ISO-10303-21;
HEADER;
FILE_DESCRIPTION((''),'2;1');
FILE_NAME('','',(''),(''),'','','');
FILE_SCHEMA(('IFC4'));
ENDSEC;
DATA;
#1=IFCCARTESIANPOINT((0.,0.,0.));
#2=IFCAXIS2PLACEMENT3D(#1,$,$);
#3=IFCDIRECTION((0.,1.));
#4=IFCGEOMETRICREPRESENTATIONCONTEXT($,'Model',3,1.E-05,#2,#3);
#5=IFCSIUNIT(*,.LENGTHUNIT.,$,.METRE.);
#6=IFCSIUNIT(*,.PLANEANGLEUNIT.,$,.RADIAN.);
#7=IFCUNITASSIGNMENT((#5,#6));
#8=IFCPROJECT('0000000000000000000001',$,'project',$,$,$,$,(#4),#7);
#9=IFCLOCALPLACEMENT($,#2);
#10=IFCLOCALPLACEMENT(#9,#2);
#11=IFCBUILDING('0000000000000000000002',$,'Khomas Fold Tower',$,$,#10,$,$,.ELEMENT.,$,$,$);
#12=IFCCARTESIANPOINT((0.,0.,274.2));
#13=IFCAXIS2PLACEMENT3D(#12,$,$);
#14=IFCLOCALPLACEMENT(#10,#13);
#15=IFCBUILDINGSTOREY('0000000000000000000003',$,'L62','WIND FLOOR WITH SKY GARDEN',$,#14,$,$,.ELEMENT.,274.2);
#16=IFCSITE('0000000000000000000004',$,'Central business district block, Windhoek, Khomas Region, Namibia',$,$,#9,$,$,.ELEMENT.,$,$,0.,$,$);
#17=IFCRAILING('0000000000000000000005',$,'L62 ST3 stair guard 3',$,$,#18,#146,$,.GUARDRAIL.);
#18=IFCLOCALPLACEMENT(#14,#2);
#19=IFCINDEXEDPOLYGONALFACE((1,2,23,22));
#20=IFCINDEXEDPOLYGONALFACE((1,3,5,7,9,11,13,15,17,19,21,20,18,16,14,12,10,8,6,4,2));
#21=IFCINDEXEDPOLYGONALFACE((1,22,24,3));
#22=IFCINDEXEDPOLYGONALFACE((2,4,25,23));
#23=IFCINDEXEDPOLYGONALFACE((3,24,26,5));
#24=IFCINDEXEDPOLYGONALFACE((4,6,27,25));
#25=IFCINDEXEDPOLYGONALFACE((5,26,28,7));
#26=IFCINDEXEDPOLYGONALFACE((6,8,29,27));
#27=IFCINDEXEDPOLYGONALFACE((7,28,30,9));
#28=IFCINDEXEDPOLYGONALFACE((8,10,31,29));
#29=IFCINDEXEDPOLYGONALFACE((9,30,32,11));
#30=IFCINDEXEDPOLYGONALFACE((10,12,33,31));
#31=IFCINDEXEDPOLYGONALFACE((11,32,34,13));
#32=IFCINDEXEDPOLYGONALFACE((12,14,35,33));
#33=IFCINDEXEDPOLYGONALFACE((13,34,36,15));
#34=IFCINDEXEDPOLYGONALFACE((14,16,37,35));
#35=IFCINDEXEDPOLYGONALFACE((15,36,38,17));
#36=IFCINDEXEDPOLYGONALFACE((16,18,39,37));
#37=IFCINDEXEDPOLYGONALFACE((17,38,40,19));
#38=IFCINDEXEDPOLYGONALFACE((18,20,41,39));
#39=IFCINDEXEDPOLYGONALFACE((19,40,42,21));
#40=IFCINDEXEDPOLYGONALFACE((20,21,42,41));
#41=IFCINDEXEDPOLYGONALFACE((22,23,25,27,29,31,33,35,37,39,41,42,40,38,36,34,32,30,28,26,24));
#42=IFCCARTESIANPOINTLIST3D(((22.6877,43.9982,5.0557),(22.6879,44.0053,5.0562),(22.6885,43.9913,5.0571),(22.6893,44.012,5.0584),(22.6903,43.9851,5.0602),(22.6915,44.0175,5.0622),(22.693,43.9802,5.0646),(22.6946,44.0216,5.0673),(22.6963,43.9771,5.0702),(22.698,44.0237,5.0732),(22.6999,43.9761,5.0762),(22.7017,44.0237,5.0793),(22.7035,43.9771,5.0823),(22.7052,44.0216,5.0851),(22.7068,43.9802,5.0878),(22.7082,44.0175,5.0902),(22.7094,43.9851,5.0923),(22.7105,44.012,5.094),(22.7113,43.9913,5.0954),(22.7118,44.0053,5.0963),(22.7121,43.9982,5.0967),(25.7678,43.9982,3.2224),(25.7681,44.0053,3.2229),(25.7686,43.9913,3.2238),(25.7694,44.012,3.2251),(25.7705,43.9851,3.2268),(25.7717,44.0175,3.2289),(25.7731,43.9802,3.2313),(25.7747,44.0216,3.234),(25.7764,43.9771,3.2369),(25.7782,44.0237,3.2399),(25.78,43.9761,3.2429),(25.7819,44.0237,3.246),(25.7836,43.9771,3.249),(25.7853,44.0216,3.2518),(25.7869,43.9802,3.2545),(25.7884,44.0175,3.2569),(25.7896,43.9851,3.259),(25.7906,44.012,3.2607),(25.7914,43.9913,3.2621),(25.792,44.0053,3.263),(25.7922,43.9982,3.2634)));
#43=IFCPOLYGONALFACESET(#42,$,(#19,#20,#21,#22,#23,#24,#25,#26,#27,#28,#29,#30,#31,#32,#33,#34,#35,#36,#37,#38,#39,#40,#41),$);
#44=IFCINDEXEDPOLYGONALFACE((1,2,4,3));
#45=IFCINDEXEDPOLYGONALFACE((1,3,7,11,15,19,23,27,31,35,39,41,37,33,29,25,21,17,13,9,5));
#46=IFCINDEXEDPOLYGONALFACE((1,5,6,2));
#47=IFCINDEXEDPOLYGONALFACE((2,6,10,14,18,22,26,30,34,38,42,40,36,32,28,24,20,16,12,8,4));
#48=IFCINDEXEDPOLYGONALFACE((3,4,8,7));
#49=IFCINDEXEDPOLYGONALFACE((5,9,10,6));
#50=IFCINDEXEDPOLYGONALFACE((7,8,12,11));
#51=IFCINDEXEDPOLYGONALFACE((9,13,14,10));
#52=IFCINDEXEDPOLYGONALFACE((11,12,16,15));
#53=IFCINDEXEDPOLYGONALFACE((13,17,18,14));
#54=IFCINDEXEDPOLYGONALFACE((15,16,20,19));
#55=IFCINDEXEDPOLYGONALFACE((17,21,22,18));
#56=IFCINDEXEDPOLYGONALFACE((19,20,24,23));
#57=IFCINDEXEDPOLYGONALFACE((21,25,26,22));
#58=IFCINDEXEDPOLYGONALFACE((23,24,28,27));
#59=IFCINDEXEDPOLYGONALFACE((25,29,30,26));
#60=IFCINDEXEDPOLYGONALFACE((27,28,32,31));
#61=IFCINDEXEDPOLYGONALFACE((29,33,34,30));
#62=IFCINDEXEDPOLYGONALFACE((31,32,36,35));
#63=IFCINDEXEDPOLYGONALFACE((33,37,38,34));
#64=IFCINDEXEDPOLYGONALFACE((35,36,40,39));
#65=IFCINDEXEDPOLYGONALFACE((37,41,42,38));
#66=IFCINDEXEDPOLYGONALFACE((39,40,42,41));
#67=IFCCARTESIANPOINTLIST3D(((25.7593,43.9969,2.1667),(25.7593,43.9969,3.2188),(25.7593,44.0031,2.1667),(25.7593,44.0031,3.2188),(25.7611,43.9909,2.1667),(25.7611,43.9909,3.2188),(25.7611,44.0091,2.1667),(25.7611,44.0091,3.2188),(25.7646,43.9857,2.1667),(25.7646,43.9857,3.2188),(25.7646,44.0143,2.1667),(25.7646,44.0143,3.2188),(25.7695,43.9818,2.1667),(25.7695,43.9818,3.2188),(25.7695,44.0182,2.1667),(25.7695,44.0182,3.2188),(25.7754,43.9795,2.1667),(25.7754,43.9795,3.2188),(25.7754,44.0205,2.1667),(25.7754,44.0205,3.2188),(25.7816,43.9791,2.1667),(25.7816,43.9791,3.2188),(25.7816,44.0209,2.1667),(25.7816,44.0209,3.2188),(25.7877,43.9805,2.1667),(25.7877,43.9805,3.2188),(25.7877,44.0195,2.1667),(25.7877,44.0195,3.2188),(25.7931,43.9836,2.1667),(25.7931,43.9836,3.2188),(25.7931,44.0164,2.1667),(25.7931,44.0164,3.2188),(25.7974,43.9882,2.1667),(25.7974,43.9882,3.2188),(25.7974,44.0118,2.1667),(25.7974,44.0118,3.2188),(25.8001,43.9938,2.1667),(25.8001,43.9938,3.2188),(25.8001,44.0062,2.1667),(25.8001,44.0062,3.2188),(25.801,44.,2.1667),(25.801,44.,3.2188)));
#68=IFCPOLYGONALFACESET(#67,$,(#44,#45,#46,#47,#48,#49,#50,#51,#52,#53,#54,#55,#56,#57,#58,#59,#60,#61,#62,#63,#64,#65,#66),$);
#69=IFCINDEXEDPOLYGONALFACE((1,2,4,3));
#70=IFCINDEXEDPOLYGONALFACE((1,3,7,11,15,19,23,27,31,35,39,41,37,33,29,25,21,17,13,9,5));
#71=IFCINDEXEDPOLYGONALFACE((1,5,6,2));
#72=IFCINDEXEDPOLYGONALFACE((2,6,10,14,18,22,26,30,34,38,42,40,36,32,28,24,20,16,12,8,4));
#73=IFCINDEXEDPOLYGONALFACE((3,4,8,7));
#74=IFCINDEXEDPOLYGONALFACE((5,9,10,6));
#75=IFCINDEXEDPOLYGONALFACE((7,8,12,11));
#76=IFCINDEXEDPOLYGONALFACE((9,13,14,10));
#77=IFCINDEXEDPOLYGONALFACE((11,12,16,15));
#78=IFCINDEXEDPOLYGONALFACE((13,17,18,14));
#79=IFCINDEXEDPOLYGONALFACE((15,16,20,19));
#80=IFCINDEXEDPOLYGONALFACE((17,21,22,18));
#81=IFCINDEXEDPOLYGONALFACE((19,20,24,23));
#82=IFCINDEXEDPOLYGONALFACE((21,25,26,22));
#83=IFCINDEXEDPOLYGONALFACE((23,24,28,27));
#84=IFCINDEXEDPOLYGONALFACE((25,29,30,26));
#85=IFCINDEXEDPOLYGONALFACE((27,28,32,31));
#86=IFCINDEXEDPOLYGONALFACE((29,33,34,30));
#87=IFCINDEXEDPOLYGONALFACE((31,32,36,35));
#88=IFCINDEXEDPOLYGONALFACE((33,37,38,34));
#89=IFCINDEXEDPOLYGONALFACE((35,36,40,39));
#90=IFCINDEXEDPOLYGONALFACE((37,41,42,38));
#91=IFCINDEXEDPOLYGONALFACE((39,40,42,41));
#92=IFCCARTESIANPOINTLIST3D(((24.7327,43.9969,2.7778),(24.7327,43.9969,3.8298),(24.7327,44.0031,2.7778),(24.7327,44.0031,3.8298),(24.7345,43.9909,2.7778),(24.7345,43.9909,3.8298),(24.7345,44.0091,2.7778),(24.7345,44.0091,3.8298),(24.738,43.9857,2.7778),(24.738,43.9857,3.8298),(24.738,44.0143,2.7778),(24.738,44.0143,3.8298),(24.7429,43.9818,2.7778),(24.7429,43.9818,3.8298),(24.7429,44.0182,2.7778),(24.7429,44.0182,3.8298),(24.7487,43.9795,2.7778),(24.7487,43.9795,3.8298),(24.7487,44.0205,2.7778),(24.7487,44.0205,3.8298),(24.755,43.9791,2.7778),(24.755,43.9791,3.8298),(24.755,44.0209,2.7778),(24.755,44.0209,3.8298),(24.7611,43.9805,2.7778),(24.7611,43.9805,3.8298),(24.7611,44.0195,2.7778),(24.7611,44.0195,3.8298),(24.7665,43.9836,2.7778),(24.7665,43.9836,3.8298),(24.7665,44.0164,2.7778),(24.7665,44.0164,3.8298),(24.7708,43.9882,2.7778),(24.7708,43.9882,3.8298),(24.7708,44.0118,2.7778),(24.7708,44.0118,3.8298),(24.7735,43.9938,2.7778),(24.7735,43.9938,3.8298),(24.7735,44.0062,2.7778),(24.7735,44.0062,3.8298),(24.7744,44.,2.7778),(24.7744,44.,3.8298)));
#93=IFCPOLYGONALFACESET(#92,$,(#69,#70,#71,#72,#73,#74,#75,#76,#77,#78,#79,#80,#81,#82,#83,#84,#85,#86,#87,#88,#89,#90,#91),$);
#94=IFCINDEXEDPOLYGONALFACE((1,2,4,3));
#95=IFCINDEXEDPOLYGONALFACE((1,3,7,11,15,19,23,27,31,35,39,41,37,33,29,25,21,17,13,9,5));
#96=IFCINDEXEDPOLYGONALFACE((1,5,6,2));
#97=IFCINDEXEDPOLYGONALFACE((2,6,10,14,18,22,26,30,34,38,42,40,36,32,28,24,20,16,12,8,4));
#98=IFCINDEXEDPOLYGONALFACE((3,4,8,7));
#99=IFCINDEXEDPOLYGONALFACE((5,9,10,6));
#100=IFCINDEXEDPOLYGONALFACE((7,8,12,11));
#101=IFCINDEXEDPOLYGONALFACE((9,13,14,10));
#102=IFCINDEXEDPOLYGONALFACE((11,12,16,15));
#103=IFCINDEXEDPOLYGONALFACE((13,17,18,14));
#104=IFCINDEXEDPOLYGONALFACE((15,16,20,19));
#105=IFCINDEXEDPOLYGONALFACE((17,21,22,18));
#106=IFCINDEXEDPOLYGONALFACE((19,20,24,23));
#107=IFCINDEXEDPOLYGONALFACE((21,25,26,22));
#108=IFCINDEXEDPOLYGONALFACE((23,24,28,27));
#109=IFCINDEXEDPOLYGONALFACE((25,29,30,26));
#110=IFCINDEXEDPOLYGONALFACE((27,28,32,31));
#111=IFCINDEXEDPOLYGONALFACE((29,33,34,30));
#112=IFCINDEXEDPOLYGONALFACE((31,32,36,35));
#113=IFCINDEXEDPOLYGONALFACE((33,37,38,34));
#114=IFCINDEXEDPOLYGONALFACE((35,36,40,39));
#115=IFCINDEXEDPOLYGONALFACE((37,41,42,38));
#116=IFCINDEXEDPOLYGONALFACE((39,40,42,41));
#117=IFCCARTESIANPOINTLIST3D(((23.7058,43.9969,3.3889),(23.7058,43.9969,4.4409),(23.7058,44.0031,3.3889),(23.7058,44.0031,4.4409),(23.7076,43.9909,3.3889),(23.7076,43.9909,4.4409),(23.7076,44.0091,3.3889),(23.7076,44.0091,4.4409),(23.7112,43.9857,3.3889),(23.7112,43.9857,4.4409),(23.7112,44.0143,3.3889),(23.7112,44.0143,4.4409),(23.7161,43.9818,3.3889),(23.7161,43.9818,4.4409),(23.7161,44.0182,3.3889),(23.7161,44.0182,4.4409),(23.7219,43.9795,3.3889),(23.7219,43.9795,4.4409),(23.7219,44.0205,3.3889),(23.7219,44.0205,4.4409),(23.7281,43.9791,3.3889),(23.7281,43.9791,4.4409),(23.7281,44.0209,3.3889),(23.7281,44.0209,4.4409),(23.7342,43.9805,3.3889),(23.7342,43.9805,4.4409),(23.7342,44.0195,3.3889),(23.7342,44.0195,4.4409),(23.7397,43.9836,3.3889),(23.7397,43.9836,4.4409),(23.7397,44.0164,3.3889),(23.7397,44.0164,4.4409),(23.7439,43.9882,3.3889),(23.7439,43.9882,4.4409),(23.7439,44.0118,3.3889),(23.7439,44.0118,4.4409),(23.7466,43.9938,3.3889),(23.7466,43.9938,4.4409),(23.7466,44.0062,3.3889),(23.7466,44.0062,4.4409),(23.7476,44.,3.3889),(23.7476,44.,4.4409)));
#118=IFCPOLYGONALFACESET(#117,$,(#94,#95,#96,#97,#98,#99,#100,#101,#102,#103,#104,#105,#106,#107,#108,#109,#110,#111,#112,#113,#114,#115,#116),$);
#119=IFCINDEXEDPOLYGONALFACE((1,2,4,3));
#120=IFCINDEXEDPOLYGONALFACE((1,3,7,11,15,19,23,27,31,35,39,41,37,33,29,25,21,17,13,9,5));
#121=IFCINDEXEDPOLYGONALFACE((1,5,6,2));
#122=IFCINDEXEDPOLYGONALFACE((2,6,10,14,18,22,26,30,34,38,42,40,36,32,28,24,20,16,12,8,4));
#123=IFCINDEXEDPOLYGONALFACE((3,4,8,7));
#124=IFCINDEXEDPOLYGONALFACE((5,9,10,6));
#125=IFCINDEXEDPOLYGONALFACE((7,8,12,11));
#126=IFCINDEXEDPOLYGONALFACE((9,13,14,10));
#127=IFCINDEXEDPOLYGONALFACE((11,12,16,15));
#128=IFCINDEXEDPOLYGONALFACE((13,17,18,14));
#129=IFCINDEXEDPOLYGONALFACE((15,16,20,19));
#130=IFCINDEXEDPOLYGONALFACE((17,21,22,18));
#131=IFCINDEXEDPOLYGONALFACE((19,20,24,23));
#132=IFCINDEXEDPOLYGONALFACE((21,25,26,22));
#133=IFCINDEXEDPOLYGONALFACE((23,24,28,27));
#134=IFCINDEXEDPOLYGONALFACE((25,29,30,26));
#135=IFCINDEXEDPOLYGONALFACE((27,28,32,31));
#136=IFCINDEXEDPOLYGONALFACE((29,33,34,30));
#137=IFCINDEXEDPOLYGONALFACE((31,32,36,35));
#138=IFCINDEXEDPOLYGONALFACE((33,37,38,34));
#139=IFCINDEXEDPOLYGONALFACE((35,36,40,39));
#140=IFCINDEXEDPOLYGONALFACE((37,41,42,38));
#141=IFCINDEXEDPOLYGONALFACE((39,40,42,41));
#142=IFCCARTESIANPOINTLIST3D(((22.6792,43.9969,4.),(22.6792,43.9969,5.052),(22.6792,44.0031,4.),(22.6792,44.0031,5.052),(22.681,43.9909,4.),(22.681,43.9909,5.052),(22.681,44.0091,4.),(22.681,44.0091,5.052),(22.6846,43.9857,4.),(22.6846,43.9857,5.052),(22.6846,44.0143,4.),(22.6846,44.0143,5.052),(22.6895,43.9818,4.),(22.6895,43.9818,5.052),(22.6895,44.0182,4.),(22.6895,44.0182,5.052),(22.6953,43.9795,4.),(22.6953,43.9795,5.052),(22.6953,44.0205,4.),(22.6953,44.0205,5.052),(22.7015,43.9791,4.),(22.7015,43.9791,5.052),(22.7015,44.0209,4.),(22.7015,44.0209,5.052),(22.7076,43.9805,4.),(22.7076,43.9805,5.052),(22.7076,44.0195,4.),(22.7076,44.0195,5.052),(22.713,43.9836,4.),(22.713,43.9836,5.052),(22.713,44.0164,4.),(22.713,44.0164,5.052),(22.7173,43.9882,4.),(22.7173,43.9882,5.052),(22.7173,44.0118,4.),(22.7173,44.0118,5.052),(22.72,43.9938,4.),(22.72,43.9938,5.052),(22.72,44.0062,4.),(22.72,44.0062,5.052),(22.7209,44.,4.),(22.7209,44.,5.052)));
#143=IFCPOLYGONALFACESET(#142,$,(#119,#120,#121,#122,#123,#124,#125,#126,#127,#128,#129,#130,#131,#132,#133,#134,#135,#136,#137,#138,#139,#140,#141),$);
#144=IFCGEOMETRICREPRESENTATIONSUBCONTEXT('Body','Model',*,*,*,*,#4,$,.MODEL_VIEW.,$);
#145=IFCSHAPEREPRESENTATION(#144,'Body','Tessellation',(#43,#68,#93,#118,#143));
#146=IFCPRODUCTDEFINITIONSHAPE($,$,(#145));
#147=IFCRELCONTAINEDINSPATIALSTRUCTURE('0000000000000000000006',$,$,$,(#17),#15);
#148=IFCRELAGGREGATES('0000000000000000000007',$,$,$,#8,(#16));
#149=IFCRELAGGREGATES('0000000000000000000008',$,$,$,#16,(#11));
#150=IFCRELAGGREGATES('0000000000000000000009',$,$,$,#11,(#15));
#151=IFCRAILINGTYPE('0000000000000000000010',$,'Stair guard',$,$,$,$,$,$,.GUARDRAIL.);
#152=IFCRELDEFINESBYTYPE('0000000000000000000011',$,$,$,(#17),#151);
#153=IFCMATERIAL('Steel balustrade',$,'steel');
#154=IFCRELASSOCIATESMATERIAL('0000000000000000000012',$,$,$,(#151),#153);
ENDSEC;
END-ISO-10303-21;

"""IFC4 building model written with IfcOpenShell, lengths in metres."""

from ifc_helpers import new_model, si_unit, direction, frame, origin, origin_2d, place, context, subcontext, project, spatial, circle, extrude, source, transform, mapped, material, type_object, element, save


model = new_model("IFC4")

# Units and contexts
model_context = context("Model", 3, precision=1e-05, world=origin(), true_north=direction((0.0, 1.0)))
body_context = subcontext(model_context, "Body", "Model", "MODEL_VIEW")
ifc_project = project(units=[si_unit("LENGTHUNIT", "METRE"), si_unit("PLANEANGLEUNIT", "RADIAN")], contexts=[model_context])

# Site, building, storey
site_placement = place(None, origin())
site = spatial("IfcSite", under=ifc_project, at=site_placement, Name="Central business district block, Windhoek, Khomas Region, Namibia", CompositionType="ELEMENT", RefElevation=0.0)
building_placement = place(site_placement, origin())
building = spatial("IfcBuilding", under=site, at=building_placement, Name="Khomas Fold Tower", CompositionType="ELEMENT")
storey_placement = place(building_placement, frame((0.0, 0.0, 274.2)))
storey = spatial("IfcBuildingStorey", under=building, at=storey_placement, Name="L62", Description="WIND FLOOR WITH SKY GARDEN", CompositionType="ELEMENT", Elevation=274.2)

# Railing
ifc_material_1 = material(Name="Steel balustrade", Category="steel")
railing_type_1 = type_object("IfcRailingType", Name="Stair guard", PredefinedType="GUARDRAIL", material=ifc_material_1)
shared_shape_1 = source(origin(), body_context, "Body", "SweptSolid", [
    extrude(circle(Radius=0.0239, at=origin_2d()), frame((0.0, 0.0, 1.0762), z_axis=(-0.859309, 0.0, 0.511458), x_axis=(0.0, -1.0, 0.0)), (0.0, 0.0, 1.0), 3.5845),
    extrude(circle(Radius=0.021, at=origin_2d()), origin(), (0.0, 0.0, 1.0), 1.052),
    extrude(circle(Radius=0.021, at=origin_2d()), frame((-1.0266, 0.0, 0.6111)), (0.0, 0.0, 1.0), 1.052),
    extrude(circle(Radius=0.021, at=origin_2d()), frame((-2.0535, 0.0, 1.2222)), (0.0, 0.0, 1.0), 1.052),
    extrude(circle(Radius=0.021, at=origin_2d()), frame((-3.0801, 0.0, 1.8333)), (0.0, 0.0, 1.0), 1.052),
])
for number, where, name in (
    (1, (25.78, 44.0, 2.1667), "L62 ST3 stair guard 3"),
):
    element("IfcRailing", number, at=place(storey_placement, frame(where)), inside=storey, type_object=railing_type_1, Name=name, PredefinedType="GUARDRAIL", context=body_context, shape_type="MappedRepresentation", body=[
        mapped(shared_shape_1, transform((0.0, 0.0, 0.0))),
    ])

save(model, "model.ifc")
